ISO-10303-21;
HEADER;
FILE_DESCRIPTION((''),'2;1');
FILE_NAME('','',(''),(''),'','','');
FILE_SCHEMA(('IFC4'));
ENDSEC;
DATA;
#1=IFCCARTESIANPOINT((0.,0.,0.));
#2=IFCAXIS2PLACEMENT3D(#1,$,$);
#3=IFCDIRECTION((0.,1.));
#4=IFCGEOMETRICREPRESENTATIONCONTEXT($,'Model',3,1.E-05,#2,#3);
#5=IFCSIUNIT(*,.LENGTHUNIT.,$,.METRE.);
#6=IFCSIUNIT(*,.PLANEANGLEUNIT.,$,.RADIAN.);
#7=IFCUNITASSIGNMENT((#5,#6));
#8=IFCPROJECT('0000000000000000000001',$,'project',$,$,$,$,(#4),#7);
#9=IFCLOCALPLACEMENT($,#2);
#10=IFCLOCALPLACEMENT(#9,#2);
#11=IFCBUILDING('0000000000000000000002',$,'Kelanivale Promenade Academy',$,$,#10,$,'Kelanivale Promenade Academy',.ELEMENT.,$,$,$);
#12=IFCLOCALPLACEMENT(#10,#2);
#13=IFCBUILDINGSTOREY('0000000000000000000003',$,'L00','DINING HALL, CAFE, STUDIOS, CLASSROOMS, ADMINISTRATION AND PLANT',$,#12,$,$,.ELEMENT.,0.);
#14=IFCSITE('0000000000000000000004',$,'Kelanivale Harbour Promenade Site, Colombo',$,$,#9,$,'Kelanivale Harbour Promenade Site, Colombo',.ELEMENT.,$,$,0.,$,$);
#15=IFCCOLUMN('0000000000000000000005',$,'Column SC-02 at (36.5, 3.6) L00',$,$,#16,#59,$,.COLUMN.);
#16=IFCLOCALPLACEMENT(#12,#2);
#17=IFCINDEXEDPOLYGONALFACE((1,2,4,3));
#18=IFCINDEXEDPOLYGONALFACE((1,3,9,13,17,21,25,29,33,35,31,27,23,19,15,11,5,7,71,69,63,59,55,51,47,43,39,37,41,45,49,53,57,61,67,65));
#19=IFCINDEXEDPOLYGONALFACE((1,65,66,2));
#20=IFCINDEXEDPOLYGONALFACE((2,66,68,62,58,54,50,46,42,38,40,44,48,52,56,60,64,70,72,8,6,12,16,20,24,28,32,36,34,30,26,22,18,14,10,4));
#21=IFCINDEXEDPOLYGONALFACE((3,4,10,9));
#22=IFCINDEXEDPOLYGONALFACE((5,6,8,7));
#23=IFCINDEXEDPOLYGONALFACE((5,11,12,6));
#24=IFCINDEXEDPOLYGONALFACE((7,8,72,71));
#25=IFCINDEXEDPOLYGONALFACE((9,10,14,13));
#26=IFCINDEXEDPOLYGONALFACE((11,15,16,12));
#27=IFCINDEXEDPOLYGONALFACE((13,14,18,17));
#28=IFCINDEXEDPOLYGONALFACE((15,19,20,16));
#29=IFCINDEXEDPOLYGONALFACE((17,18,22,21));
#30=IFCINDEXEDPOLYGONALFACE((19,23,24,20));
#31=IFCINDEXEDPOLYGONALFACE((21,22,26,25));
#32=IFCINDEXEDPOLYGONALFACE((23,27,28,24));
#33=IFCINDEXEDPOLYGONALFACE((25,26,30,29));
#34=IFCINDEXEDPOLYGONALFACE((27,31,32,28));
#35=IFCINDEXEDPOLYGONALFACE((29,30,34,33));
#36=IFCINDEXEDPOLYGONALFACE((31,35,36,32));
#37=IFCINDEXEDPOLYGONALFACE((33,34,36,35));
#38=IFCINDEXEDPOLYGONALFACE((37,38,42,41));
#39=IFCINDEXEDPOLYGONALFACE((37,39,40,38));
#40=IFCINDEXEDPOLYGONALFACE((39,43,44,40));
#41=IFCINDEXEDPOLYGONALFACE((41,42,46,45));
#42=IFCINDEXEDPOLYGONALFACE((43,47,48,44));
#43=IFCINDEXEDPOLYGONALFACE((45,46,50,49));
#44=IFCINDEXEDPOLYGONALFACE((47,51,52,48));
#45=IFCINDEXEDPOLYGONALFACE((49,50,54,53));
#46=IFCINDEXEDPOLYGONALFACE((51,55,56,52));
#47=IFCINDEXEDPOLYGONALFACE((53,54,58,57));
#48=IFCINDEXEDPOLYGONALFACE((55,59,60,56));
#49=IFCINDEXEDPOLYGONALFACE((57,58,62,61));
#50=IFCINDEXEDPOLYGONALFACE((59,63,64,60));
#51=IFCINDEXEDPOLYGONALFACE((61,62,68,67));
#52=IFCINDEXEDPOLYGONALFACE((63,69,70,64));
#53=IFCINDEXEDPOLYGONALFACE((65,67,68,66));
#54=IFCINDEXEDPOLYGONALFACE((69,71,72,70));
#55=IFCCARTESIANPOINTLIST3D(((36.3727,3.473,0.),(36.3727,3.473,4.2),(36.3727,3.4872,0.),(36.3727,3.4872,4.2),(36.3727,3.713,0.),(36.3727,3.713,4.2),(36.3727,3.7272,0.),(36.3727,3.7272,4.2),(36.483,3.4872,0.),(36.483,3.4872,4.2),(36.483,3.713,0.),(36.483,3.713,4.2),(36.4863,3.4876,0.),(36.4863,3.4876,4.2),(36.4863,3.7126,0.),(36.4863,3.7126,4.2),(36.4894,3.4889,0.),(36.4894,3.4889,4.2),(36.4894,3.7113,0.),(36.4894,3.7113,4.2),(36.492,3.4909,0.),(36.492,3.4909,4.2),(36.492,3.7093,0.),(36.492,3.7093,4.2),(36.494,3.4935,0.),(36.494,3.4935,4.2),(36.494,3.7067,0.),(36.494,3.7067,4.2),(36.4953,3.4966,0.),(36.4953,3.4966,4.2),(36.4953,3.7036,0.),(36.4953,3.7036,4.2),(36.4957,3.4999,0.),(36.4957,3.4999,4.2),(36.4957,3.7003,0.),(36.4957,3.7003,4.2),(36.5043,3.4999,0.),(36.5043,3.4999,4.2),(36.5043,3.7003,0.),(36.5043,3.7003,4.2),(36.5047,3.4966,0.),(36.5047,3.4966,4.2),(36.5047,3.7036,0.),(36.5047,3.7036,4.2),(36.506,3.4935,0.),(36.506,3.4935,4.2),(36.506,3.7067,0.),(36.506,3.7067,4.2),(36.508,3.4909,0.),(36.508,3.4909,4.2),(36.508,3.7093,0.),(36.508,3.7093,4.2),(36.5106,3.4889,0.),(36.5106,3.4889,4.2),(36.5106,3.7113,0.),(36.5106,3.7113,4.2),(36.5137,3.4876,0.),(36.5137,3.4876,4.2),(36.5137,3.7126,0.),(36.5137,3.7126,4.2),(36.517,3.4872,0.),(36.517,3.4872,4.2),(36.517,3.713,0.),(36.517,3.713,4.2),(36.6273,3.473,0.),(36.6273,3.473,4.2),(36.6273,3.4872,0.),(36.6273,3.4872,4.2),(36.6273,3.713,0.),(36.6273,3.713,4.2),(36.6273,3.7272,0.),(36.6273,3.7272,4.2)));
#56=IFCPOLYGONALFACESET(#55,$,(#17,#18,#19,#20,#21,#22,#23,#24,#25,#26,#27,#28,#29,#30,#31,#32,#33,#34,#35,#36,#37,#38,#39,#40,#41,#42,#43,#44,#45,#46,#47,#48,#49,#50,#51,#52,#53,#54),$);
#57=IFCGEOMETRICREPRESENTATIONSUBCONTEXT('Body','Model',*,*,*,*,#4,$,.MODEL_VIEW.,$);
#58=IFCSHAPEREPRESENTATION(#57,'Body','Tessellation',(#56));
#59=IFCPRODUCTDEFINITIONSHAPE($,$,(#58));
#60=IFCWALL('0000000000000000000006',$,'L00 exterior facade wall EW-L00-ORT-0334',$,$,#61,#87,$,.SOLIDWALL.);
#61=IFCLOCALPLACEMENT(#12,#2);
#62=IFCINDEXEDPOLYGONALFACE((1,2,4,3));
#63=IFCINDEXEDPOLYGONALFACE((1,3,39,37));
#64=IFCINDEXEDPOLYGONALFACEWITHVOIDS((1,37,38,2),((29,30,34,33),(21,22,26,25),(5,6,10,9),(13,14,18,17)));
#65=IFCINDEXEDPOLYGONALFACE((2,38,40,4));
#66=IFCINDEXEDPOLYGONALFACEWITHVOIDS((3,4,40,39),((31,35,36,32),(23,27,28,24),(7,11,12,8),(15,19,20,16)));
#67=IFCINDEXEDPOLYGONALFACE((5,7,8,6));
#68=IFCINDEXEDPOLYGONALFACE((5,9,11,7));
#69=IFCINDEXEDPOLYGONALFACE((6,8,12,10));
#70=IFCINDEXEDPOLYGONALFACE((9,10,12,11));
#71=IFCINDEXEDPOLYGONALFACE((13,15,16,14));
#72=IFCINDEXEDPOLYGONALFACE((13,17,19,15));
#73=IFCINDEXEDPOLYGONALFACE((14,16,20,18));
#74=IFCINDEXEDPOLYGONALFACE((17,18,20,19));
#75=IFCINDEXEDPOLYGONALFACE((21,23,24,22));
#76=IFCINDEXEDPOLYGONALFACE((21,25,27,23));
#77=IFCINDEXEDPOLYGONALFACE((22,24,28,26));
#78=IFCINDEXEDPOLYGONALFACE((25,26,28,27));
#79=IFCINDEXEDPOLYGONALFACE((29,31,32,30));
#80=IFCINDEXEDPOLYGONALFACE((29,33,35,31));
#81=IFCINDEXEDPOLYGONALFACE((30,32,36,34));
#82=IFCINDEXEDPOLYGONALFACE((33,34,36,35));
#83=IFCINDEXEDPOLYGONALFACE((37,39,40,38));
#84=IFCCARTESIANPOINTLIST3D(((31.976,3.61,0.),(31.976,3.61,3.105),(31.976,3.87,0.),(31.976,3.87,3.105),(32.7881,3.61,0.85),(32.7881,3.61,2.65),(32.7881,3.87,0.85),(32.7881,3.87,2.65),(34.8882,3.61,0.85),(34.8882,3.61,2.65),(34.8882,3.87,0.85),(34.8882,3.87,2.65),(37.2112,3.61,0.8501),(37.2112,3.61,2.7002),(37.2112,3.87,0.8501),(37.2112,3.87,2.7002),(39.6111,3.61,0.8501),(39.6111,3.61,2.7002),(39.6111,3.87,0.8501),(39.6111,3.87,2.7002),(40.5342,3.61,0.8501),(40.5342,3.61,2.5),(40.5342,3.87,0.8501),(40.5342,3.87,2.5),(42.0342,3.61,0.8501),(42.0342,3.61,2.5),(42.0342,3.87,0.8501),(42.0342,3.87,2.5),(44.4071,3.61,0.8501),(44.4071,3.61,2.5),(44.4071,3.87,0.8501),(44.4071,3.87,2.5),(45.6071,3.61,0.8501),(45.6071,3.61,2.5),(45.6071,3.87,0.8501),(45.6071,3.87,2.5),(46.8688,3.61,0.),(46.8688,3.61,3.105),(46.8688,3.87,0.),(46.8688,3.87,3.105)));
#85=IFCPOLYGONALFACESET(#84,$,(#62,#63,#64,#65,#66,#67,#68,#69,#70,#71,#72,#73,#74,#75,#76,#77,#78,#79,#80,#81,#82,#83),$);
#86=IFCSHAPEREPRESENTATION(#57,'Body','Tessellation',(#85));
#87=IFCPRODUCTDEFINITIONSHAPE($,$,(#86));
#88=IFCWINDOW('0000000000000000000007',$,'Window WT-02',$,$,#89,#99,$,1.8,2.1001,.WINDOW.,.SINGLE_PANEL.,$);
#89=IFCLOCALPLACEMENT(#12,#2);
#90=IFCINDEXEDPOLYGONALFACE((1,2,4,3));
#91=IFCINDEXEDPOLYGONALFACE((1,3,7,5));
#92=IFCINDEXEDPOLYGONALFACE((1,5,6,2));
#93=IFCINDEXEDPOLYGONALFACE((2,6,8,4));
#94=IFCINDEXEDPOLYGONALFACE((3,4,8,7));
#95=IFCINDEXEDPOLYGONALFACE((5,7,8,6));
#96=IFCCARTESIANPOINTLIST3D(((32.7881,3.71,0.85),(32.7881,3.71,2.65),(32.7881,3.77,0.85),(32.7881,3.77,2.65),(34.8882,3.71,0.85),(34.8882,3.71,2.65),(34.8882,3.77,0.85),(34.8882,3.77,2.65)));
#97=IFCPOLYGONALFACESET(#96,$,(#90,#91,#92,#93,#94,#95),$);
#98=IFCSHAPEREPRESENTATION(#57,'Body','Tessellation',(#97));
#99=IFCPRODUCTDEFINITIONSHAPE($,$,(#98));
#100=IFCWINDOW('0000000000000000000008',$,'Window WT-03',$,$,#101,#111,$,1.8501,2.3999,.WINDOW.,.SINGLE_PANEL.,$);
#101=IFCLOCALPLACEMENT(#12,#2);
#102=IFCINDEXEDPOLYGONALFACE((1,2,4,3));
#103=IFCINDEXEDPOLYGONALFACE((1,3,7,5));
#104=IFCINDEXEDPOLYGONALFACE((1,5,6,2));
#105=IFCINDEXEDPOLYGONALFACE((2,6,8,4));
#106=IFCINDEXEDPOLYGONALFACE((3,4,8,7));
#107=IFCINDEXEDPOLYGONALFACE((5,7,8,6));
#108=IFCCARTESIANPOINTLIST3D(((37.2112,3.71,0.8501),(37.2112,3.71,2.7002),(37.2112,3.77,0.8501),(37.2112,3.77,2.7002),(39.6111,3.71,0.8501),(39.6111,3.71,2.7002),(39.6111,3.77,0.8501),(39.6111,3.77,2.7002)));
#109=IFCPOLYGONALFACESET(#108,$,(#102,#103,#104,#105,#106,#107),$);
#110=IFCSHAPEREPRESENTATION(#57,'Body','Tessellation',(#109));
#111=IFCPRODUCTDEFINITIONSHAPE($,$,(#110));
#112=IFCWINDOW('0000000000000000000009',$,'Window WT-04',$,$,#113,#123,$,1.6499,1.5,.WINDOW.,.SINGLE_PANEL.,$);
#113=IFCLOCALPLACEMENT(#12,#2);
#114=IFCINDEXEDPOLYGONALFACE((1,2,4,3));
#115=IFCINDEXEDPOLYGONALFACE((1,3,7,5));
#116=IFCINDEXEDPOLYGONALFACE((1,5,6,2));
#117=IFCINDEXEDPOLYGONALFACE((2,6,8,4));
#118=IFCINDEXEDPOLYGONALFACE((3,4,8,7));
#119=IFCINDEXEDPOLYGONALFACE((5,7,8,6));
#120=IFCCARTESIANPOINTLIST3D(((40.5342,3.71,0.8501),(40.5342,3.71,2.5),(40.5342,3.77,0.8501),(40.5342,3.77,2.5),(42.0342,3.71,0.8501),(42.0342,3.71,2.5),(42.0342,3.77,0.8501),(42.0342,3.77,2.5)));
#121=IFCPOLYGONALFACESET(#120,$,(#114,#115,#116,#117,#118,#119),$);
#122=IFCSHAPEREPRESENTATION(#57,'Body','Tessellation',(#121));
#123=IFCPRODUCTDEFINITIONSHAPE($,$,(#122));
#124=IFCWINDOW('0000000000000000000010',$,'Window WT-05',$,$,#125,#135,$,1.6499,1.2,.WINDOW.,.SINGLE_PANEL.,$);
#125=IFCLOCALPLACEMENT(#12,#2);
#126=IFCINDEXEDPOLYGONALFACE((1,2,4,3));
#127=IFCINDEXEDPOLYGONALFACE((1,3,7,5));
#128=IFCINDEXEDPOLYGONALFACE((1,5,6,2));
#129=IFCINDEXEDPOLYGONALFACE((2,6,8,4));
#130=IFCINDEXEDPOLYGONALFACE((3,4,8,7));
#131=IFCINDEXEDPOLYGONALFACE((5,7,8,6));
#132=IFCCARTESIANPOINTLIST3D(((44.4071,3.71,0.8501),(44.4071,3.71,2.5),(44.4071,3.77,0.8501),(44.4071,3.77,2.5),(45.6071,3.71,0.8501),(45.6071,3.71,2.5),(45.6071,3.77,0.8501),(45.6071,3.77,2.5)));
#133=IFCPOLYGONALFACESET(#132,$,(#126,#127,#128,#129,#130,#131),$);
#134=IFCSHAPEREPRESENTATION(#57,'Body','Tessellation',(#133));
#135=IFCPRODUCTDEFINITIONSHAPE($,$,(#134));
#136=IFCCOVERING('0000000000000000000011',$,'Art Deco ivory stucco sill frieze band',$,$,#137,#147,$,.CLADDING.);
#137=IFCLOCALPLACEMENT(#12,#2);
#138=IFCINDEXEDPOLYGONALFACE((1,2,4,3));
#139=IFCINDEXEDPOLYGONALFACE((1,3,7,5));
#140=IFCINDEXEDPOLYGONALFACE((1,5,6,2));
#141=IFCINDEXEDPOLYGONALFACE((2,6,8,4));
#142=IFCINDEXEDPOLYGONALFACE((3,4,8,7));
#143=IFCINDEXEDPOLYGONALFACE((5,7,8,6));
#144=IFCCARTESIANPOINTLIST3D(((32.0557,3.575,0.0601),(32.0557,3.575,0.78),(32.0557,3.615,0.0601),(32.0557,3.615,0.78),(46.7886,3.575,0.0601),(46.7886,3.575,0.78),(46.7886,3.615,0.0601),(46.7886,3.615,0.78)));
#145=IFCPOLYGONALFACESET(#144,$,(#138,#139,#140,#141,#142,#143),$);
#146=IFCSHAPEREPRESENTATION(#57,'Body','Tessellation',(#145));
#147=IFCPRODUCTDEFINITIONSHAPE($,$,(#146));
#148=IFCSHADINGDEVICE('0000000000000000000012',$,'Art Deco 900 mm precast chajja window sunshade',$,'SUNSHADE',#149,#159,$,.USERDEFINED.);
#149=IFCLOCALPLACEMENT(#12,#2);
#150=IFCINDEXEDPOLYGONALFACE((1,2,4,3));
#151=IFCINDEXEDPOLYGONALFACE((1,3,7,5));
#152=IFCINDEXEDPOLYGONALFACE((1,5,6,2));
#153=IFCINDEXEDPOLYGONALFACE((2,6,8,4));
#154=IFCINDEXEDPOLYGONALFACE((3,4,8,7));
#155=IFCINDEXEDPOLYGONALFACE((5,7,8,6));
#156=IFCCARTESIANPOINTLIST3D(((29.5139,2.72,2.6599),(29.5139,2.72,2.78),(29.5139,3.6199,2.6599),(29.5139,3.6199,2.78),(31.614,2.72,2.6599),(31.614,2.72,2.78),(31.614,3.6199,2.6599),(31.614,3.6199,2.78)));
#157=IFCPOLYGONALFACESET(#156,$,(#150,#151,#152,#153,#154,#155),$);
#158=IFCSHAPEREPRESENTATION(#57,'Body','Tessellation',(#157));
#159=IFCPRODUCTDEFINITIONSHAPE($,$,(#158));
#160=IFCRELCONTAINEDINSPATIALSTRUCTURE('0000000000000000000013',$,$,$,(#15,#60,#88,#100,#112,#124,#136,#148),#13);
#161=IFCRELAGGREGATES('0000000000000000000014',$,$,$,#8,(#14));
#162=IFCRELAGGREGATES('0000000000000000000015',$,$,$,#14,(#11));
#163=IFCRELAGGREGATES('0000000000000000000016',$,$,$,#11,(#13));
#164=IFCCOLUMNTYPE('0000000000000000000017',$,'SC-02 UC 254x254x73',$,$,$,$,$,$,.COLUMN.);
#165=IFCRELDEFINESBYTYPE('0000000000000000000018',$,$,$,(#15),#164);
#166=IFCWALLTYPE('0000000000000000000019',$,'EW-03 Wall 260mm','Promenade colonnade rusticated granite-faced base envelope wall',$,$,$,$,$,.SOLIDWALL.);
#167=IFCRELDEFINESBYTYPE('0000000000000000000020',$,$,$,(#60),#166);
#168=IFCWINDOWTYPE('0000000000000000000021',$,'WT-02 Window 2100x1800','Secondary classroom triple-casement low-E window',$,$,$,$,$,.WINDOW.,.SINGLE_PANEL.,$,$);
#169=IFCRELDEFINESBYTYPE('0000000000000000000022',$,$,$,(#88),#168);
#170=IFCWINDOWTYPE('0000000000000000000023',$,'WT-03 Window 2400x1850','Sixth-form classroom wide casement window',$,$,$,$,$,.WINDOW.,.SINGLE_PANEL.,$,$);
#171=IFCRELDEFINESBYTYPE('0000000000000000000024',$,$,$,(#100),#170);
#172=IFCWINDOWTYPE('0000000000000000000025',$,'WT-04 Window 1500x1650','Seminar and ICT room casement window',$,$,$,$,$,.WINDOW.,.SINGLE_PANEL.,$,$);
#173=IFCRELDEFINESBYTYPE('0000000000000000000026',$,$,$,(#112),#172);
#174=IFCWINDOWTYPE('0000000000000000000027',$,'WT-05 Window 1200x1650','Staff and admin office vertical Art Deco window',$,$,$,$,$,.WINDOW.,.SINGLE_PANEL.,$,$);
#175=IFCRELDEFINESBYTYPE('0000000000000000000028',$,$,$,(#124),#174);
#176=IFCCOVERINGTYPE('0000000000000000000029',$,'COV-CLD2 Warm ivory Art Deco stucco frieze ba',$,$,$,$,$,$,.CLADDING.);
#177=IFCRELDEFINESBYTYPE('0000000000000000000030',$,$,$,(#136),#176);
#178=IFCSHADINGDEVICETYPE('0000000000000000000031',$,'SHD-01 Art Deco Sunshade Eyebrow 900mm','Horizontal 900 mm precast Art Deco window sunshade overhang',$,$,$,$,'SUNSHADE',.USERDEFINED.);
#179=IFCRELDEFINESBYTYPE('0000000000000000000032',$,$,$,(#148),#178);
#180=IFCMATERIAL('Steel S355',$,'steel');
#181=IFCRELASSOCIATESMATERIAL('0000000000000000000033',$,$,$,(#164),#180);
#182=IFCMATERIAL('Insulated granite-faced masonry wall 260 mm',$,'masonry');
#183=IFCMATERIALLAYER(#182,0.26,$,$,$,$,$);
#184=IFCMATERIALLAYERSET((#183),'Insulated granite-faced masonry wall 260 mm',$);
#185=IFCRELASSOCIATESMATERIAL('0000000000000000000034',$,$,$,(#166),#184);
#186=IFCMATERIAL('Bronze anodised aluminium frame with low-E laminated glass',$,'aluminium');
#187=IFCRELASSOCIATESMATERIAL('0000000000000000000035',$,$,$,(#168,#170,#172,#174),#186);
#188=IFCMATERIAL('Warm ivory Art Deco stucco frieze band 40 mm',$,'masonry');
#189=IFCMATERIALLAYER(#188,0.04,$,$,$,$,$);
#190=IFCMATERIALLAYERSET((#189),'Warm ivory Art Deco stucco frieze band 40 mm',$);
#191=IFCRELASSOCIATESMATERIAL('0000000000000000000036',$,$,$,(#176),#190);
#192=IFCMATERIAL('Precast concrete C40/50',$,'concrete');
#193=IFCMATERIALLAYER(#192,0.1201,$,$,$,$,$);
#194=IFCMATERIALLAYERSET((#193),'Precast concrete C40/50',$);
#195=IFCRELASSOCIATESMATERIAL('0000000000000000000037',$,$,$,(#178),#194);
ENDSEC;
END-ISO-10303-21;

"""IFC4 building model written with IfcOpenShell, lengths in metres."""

from ifc_helpers import new_model, si_unit, direction, frame, frame_2d, origin, origin_2d, place, context, subcontext, project, spatial, rectangle, i_section, extrude, material, layer, layer_set, material_profile, profile_set, type_object, element, fill, save


model = new_model("IFC4")

# Units and contexts
model_context = context("Model", 3, precision=1e-05, world=origin(), true_north=direction((0.0, 1.0)))
body_context = subcontext(model_context, "Body", "Model", "MODEL_VIEW")
ifc_project = project(units=[si_unit("LENGTHUNIT", "METRE"), si_unit("PLANEANGLEUNIT", "RADIAN")], contexts=[model_context])

# Site, building, storey
site_placement = place(None, origin())
site = spatial("IfcSite", under=ifc_project, at=site_placement, Name="Kelanivale Harbour Promenade Site, Colombo", LongName="Kelanivale Harbour Promenade Site, Colombo", CompositionType="ELEMENT", RefElevation=0.0)
building_placement = place(site_placement, origin())
building = spatial("IfcBuilding", under=site, at=building_placement, Name="Kelanivale Promenade Academy", LongName="Kelanivale Promenade Academy", CompositionType="ELEMENT")
storey_placement = place(building_placement, origin())
storey = spatial("IfcBuildingStorey", under=building, at=storey_placement, Name="L00", Description="DINING HALL, CAFE, STUDIOS, CLASSROOMS, ADMINISTRATION AND PLANT", CompositionType="ELEMENT", Elevation=0.0)

# Column
ifc_material_1 = material(Name="Steel S355", Category="steel")
ifc_material_profile_1 = material_profile(ifc_material_1, i_section(OverallWidth=0.2546, OverallDepth=0.2542, WebThickness=0.0085, FlangeThickness=0.0142, FilletRadius=0.0127, at=origin_2d()), Name="UC 254x254x73")
ifc_profile_set_1 = profile_set([ifc_material_profile_1], Name="Steel S355")
column_type = type_object("IfcColumnType", Name="SC-02 UC 254x254x73", PredefinedType="COLUMN", material=ifc_profile_set_1)
for number, where, z_axis, x_axis, name in (
    (1, (36.5, 3.6001, 0.0), (0.0, 0.0, 1.0), (1.0, 0.0, 0.0), "Column SC-02 at (36.5, 3.6) L00"),
):
    element("IfcColumn", number, at=place(storey_placement, frame(where, z_axis=z_axis, x_axis=x_axis)), inside=storey, type_object=column_type, Name=name, PredefinedType="COLUMN", context=body_context, shape_type="SweptSolid", body=[
        extrude(i_section(OverallWidth=0.2546, OverallDepth=0.2542, WebThickness=0.0085, FlangeThickness=0.0142, FilletRadius=0.0127, at=origin_2d()), origin(), (0.0, 0.0, 1.0), 4.2),
    ])

# Wall, openings, windows
ifc_material_2 = material(Name="Insulated granite-faced masonry wall 260 mm", Category="masonry")
ifc_layer_1 = layer(ifc_material_2, 0.26)
ifc_layer_set_1 = layer_set([ifc_layer_1], Name="Insulated granite-faced masonry wall 260 mm")
wall_type = type_object("IfcWallType", Name="EW-03 Wall 260mm", Description="Promenade colonnade rusticated granite-faced base envelope wall", PredefinedType="SOLIDWALL", material=ifc_layer_set_1)
wall_placement = place(storey_placement, frame((31.9761, 3.74, 0.0), z_axis=(0.0, 0.0, 1.0), x_axis=(1.0, 0.0, 0.0)))
wall = element("IfcWall", 2, at=wall_placement, inside=storey, type_object=wall_type, Name="L00 exterior facade wall EW-L00-ORT-0334", PredefinedType="SOLIDWALL", context=body_context, shape_type="SweptSolid", body=[
    extrude(rectangle(XDim=14.8928, YDim=0.26, at=frame_2d((7.4463, 0.0))), origin(), (0.0, 0.0, 1.0), 3.105),
])
opening_1_placement = place(wall_placement, frame((0.812, 0.0, 0.8501)))
opening_1 = element("IfcOpeningElement", 3, at=opening_1_placement, cuts=wall, PredefinedType="OPENING", context=body_context, shape_type="SweptSolid", body=[
    extrude(rectangle(XDim=2.1001, YDim=1.8, at=frame_2d((1.05, 0.8999))), frame((0.0, 0.1401, 0.0), z_axis=(0.0, -1.0, 0.0), x_axis=(1.0, 0.0, 0.0)), (0.0, 0.0, 1.0), 0.28),
])
opening_2_placement = place(wall_placement, frame((5.2351, 0.0, 0.8501)))
opening_2 = element("IfcOpeningElement", 4, at=opening_2_placement, cuts=wall, PredefinedType="OPENING", context=body_context, shape_type="SweptSolid", body=[
    extrude(rectangle(XDim=2.3999, YDim=1.8501, at=frame_2d((1.2, 0.925))), frame((0.0, 0.1401, 0.0), z_axis=(0.0, -1.0, 0.0), x_axis=(1.0, 0.0, 0.0)), (0.0, 0.0, 1.0), 0.28),
])
opening_3_placement = place(wall_placement, frame((8.5581, 0.0, 0.8501)))
opening_3 = element("IfcOpeningElement", 5, at=opening_3_placement, cuts=wall, PredefinedType="OPENING", context=body_context, shape_type="SweptSolid", body=[
    extrude(rectangle(XDim=1.5, YDim=1.6499, at=frame_2d((0.75, 0.825))), frame((0.0, 0.1401, 0.0), z_axis=(0.0, -1.0, 0.0), x_axis=(1.0, 0.0, 0.0)), (0.0, 0.0, 1.0), 0.28),
])
opening_4_placement = place(wall_placement, frame((12.4309, 0.0, 0.8501)))
opening_4 = element("IfcOpeningElement", 6, at=opening_4_placement, cuts=wall, PredefinedType="OPENING", context=body_context, shape_type="SweptSolid", body=[
    extrude(rectangle(XDim=1.2, YDim=1.6499, at=frame_2d((0.6001, 0.825))), frame((0.0, 0.1401, 0.0), z_axis=(0.0, -1.0, 0.0), x_axis=(1.0, 0.0, 0.0)), (0.0, 0.0, 1.0), 0.28),
])
ifc_material_3 = material(Name="Bronze anodised aluminium frame with low-E laminated glass", Category="aluminium")
window_type_1 = type_object("IfcWindowType", Name="WT-02 Window 2100x1800", Description="Secondary classroom triple-casement low-E window", PartitioningType="SINGLE_PANEL", PredefinedType="WINDOW", material=ifc_material_3)
window_1_placement = place(opening_1_placement, origin())
window_1 = element("IfcWindow", 7, at=window_1_placement, inside=storey, type_object=window_type_1, Name="Window WT-02", OverallHeight=1.8, OverallWidth=2.1001, PartitioningType="SINGLE_PANEL", PredefinedType="WINDOW", context=body_context, shape_type="SweptSolid", body=[
    extrude(rectangle(XDim=2.1001, YDim=1.8, at=frame_2d((1.05, 0.8999))), frame((0.0, 0.03, 0.0), z_axis=(0.0, -1.0, 0.0), x_axis=(1.0, 0.0, 0.0)), (0.0, 0.0, 1.0), 0.0601),
])
fill(opening_1, window_1)
window_type_2 = type_object("IfcWindowType", Name="WT-03 Window 2400x1850", Description="Sixth-form classroom wide casement window", PartitioningType="SINGLE_PANEL", PredefinedType="WINDOW", material=ifc_material_3)
window_2_placement = place(opening_2_placement, origin())
window_2 = element("IfcWindow", 8, at=window_2_placement, inside=storey, type_object=window_type_2, Name="Window WT-03", OverallHeight=1.8501, OverallWidth=2.3999, PartitioningType="SINGLE_PANEL", PredefinedType="WINDOW", context=body_context, shape_type="SweptSolid", body=[
    extrude(rectangle(XDim=2.3999, YDim=1.8501, at=frame_2d((1.2, 0.925))), frame((0.0, 0.03, 0.0), z_axis=(0.0, -1.0, 0.0), x_axis=(1.0, 0.0, 0.0)), (0.0, 0.0, 1.0), 0.0601),
])
fill(opening_2, window_2)
window_type_3 = type_object("IfcWindowType", Name="WT-04 Window 1500x1650", Description="Seminar and ICT room casement window", PartitioningType="SINGLE_PANEL", PredefinedType="WINDOW", material=ifc_material_3)
window_3_placement = place(opening_3_placement, origin())
window_3 = element("IfcWindow", 9, at=window_3_placement, inside=storey, type_object=window_type_3, Name="Window WT-04", OverallHeight=1.6499, OverallWidth=1.5, PartitioningType="SINGLE_PANEL", PredefinedType="WINDOW", context=body_context, shape_type="SweptSolid", body=[
    extrude(rectangle(XDim=1.5, YDim=1.6499, at=frame_2d((0.75, 0.825))), frame((0.0, 0.03, 0.0), z_axis=(0.0, -1.0, 0.0), x_axis=(1.0, 0.0, 0.0)), (0.0, 0.0, 1.0), 0.0601),
])
fill(opening_3, window_3)
window_type_4 = type_object("IfcWindowType", Name="WT-05 Window 1200x1650", Description="Staff and admin office vertical Art Deco window", PartitioningType="SINGLE_PANEL", PredefinedType="WINDOW", material=ifc_material_3)
window_4_placement = place(opening_4_placement, origin())
window_4 = element("IfcWindow", 10, at=window_4_placement, inside=storey, type_object=window_type_4, Name="Window WT-05", OverallHeight=1.6499, OverallWidth=1.2, PartitioningType="SINGLE_PANEL", PredefinedType="WINDOW", context=body_context, shape_type="SweptSolid", body=[
    extrude(rectangle(XDim=1.2, YDim=1.6499, at=frame_2d((0.6001, 0.825))), frame((0.0, 0.03, 0.0), z_axis=(0.0, -1.0, 0.0), x_axis=(1.0, 0.0, 0.0)), (0.0, 0.0, 1.0), 0.0601),
])
fill(opening_4, window_4)

# Covering
ifc_material_4 = material(Name="Warm ivory Art Deco stucco frieze band 40 mm", Category="masonry")
ifc_layer_2 = layer(ifc_material_4, 0.04)
ifc_layer_set_2 = layer_set([ifc_layer_2], Name="Warm ivory Art Deco stucco frieze band 40 mm")
covering_type = type_object("IfcCoveringType", Name="COV-CLD2 Warm ivory Art Deco stucco frieze ba", PredefinedType="CLADDING", material=ifc_layer_set_2)
covering_placement = place(storey_placement, frame((39.4221, 3.595, 0.0601), z_axis=(0.0, 0.0, 1.0), x_axis=(1.0, 0.0, 0.0)))
element("IfcCovering", 11, at=covering_placement, inside=storey, type_object=covering_type, Name="Art Deco ivory stucco sill frieze band", PredefinedType="CLADDING", context=body_context, shape_type="SweptSolid", body=[
    extrude(rectangle(XDim=14.7329, YDim=0.04, at=origin_2d()), origin(), (0.0, 0.0, 1.0), 0.72),
])

# Shading device
ifc_material_5 = material(Name="Precast concrete C40/50", Category="concrete")
ifc_layer_3 = layer(ifc_material_5, 0.1201)
ifc_layer_set_3 = layer_set([ifc_layer_3], Name="Precast concrete C40/50")
shading_device_type = type_object("IfcShadingDeviceType", Name="SHD-01 Art Deco Sunshade Eyebrow 900mm", Description="Horizontal 900 mm precast Art Deco window sunshade overhang", ElementType="SUNSHADE", PredefinedType="USERDEFINED", material=ifc_layer_set_3)
shading_device_1_placement = place(storey_placement, frame((30.564, 3.1699, 2.6599), z_axis=(0.0, 0.0, 1.0), x_axis=(1.0, 0.0, 0.0)))
element("IfcShadingDevice", 12, at=shading_device_1_placement, inside=storey, type_object=shading_device_type, Name="Art Deco 900 mm precast chajja window sunshade", ObjectType="SUNSHADE", PredefinedType="USERDEFINED", context=body_context, shape_type="SweptSolid", body=[
    extrude(rectangle(XDim=2.1001, YDim=0.8999, at=origin_2d()), origin(), (0.0, 0.0, 1.0), 0.1201),
])

save(model, "model.ifc")
